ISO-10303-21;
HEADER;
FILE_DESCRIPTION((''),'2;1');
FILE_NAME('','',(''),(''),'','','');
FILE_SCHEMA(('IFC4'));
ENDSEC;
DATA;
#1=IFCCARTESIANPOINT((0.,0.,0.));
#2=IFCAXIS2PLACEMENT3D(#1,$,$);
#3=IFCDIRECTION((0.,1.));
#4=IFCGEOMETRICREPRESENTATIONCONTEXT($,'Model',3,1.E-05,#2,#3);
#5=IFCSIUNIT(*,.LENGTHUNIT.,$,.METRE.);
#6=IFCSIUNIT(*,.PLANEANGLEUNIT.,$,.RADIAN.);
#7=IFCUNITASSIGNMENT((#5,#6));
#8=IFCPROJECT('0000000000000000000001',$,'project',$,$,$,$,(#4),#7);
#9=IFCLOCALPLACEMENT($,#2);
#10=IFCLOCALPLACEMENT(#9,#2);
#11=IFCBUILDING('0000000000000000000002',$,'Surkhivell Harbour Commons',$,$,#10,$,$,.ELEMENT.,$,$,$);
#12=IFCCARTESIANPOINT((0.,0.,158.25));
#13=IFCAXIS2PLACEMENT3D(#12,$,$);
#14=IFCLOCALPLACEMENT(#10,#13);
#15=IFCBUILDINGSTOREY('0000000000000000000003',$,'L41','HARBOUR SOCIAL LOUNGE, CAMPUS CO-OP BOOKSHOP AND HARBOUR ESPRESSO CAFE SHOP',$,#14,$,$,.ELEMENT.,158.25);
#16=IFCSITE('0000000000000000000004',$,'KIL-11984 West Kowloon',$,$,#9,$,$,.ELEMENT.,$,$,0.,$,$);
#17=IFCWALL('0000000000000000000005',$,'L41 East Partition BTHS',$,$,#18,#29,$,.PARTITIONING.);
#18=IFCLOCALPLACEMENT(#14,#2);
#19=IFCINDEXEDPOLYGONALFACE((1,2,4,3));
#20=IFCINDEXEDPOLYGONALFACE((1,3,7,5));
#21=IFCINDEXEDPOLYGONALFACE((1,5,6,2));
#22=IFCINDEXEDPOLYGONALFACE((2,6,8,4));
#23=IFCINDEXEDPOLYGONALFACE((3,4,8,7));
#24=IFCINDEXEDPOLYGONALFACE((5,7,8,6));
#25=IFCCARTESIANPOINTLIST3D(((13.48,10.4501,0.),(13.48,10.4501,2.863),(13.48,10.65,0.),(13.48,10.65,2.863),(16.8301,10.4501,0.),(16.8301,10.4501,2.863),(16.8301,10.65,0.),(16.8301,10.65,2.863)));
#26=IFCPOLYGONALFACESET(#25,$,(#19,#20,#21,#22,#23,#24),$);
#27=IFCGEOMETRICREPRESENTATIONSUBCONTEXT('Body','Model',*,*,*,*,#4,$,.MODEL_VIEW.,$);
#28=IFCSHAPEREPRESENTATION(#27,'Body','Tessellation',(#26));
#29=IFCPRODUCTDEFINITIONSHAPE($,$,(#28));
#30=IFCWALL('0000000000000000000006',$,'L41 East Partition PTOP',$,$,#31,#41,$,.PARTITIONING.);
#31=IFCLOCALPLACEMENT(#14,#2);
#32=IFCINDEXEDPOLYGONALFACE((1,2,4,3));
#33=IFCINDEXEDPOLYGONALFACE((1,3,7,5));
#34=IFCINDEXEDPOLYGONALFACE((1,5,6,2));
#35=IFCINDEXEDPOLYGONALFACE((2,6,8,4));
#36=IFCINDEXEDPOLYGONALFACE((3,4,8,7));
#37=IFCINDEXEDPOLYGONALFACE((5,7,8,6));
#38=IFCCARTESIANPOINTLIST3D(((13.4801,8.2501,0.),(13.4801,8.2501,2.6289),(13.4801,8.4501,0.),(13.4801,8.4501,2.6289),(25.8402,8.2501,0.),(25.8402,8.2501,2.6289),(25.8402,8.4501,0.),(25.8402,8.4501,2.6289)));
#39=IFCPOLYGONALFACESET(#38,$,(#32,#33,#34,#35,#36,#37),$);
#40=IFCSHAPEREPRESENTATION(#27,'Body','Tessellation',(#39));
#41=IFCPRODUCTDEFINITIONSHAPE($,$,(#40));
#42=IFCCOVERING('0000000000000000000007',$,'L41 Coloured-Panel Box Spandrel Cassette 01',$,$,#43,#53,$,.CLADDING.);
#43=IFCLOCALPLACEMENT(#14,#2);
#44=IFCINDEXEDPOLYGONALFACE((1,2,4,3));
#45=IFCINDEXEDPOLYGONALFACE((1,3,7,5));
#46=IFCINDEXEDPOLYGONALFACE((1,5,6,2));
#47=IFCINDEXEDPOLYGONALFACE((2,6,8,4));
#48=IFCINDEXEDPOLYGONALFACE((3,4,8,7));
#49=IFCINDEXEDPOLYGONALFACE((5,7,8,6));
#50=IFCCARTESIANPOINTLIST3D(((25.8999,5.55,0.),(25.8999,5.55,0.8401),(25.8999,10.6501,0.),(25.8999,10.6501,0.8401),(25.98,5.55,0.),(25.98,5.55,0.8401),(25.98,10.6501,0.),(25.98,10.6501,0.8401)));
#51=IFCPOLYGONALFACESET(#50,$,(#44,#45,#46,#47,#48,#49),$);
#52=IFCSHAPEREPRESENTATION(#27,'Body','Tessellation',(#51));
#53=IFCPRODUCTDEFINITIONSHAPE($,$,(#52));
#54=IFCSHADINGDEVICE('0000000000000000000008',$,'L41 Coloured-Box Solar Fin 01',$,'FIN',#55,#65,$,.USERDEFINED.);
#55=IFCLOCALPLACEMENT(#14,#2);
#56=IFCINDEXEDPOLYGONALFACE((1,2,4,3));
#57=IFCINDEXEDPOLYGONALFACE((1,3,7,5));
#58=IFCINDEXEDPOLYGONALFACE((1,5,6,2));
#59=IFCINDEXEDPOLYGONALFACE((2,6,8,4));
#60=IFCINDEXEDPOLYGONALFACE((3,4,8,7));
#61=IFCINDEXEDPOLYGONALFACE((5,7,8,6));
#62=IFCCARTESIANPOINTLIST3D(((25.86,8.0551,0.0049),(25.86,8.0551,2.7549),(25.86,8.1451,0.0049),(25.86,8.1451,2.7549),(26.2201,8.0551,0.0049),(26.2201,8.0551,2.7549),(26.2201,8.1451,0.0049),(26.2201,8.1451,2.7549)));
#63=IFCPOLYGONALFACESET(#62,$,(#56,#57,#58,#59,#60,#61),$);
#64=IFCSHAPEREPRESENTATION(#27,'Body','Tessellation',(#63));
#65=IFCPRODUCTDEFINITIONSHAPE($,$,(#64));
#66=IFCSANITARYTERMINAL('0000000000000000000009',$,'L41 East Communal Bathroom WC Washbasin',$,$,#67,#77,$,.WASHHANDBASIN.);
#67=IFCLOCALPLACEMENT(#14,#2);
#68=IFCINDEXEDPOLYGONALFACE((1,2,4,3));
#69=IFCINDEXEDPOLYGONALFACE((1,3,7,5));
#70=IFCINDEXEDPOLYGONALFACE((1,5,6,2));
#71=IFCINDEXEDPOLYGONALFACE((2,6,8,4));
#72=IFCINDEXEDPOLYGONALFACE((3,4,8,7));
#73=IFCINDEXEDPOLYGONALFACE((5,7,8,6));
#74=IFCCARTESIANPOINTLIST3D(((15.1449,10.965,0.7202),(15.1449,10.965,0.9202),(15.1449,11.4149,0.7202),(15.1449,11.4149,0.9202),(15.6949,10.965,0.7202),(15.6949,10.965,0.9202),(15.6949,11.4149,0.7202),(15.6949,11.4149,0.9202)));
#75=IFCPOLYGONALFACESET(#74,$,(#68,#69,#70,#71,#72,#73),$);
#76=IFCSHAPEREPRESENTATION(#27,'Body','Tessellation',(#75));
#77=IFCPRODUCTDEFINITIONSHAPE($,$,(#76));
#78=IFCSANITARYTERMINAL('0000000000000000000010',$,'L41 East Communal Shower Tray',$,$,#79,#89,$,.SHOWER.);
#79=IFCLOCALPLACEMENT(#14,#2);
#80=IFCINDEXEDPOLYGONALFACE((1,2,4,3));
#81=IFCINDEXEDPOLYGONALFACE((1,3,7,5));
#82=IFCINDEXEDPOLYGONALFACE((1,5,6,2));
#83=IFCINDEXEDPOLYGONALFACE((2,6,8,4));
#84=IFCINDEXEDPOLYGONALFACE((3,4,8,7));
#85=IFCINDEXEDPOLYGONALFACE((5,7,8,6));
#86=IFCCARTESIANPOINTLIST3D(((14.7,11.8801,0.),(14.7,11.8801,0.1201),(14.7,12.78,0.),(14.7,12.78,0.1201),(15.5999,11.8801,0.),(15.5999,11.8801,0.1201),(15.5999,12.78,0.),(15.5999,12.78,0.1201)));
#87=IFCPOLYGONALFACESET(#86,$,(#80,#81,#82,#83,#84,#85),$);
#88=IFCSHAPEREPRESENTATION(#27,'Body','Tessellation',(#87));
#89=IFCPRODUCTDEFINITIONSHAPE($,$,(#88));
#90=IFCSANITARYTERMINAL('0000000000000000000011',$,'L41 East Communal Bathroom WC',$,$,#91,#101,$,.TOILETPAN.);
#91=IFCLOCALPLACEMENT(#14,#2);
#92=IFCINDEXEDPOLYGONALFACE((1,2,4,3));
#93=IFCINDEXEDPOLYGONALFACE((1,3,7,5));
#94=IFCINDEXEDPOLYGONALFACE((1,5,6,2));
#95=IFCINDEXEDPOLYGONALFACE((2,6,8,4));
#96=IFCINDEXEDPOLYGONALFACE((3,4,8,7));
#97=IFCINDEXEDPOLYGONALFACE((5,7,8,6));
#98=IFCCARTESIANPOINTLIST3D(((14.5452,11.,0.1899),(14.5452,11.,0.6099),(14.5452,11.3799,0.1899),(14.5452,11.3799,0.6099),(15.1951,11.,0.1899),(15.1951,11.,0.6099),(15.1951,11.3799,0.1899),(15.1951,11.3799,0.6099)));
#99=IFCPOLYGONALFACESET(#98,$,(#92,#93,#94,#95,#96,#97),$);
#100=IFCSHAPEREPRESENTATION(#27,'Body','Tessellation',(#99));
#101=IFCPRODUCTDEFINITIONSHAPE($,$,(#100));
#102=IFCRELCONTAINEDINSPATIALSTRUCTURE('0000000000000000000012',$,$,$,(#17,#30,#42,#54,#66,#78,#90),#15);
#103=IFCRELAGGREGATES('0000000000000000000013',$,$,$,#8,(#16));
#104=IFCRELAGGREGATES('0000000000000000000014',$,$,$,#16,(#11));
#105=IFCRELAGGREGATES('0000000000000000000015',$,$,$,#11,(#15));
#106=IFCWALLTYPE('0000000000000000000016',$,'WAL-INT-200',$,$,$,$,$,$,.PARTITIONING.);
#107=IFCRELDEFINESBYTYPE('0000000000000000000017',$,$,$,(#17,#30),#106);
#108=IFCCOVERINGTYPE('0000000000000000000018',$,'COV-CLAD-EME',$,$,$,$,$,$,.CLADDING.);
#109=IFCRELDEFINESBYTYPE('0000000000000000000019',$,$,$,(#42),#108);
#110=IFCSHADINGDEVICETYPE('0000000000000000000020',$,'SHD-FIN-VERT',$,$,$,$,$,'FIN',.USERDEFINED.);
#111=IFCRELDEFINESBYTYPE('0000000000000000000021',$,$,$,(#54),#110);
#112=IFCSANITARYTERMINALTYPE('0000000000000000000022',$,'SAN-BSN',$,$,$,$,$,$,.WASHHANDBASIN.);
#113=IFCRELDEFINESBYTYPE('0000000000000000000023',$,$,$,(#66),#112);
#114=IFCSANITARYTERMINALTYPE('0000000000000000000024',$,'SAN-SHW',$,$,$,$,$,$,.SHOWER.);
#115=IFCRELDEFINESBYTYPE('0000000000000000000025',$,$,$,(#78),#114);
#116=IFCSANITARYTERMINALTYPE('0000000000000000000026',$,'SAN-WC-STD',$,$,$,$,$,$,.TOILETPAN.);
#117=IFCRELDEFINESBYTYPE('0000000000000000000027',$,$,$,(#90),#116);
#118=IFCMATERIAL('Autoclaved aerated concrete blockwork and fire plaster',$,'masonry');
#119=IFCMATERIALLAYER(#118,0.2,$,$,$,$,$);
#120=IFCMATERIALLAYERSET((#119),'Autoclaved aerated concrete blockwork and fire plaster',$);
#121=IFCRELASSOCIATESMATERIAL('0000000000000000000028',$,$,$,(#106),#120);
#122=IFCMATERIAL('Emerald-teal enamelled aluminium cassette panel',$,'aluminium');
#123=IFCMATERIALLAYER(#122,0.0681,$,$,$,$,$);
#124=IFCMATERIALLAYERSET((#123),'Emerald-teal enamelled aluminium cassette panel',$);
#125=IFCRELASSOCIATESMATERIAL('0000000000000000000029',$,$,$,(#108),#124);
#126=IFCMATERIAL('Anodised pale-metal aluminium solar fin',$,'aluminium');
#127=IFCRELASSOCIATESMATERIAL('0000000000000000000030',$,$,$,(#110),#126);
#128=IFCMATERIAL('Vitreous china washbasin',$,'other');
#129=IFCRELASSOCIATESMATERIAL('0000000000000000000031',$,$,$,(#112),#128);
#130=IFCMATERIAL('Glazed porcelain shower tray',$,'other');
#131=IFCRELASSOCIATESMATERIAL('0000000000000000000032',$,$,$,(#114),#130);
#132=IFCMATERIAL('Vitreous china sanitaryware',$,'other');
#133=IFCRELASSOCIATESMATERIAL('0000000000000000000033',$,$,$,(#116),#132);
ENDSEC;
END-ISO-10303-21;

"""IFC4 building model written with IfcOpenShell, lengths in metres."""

from ifc_helpers import new_model, si_unit, direction, frame, frame_2d, origin, origin_2d, place, context, subcontext, project, spatial, rectangle, extrude, material, layer, layer_set, type_object, element, save


model = new_model("IFC4")

# Units and contexts
model_context = context("Model", 3, precision=1e-05, world=origin(), true_north=direction((0.0, 1.0)))
body_context = subcontext(model_context, "Body", "Model", "MODEL_VIEW")
ifc_project = project(units=[si_unit("LENGTHUNIT", "METRE"), si_unit("PLANEANGLEUNIT", "RADIAN")], contexts=[model_context])

# Site, building, storey
site_placement = place(None, origin())
site = spatial("IfcSite", under=ifc_project, at=site_placement, Name="KIL-11984 West Kowloon", CompositionType="ELEMENT", RefElevation=0.0)
building_placement = place(site_placement, origin())
building = spatial("IfcBuilding", under=site, at=building_placement, Name="Surkhivell Harbour Commons", CompositionType="ELEMENT")
storey_placement = place(building_placement, frame((0.0, 0.0, 158.25)))
storey = spatial("IfcBuildingStorey", under=building, at=storey_placement, Name="L41", Description="HARBOUR SOCIAL LOUNGE, CAMPUS CO-OP BOOKSHOP AND HARBOUR ESPRESSO CAFE SHOP", CompositionType="ELEMENT", Elevation=158.25)

# Walls
ifc_material_1 = material(Name="Autoclaved aerated concrete blockwork and fire plaster", Category="masonry")
ifc_layer_1 = layer(ifc_material_1, 0.2)
ifc_layer_set_1 = layer_set([ifc_layer_1], Name="Autoclaved aerated concrete blockwork and fire plaster")
wall_type_1 = type_object("IfcWallType", Name="WAL-INT-200", PredefinedType="PARTITIONING", material=ifc_layer_set_1)
wall_1_placement = place(storey_placement, frame((13.48, 10.55, 0.0), z_axis=(0.0, 0.0, 1.0), x_axis=(1.0, 0.0, 0.0)))
element("IfcWall", 1, at=wall_1_placement, inside=storey, type_object=wall_type_1, Name="L41 East Partition BTHS", PredefinedType="PARTITIONING", context=body_context, shape_type="SweptSolid", body=[
    extrude(rectangle(XDim=3.3501, YDim=0.2, at=frame_2d((1.675, 0.0))), origin(), (0.0, 0.0, 1.0), 2.863),
])
wall_2_placement = place(storey_placement, frame((13.48, 8.3501, 0.0), z_axis=(0.0, 0.0, 1.0), x_axis=(1.0, 0.0, 0.0)))
element("IfcWall", 2, at=wall_2_placement, inside=storey, type_object=wall_type_1, Name="L41 East Partition PTOP", PredefinedType="PARTITIONING", context=body_context, shape_type="SweptSolid", body=[
    extrude(rectangle(XDim=12.3601, YDim=0.2, at=frame_2d((6.1802, 0.0))), origin(), (0.0, 0.0, 1.0), 2.6289),
])

# Covering
ifc_material_2 = material(Name="Emerald-teal enamelled aluminium cassette panel", Category="aluminium")
ifc_layer_2 = layer(ifc_material_2, 0.0681)
ifc_layer_set_2 = layer_set([ifc_layer_2], Name="Emerald-teal enamelled aluminium cassette panel")
covering_type = type_object("IfcCoveringType", Name="COV-CLAD-EME", PredefinedType="CLADDING", material=ifc_layer_set_2)
covering_placement = place(storey_placement, frame((25.9399, 8.1001, 0.0), z_axis=(0.0, 0.0, 1.0), x_axis=(1.0, 0.0, 0.0)))
element("IfcCovering", 3, at=covering_placement, inside=storey, type_object=covering_type, Name="L41 Coloured-Panel Box Spandrel Cassette 01", PredefinedType="CLADDING", context=body_context, shape_type="SweptSolid", body=[
    extrude(rectangle(XDim=0.0801, YDim=5.1001, at=origin_2d()), origin(), (0.0, 0.0, 1.0), 0.8401),
])

# Shading device
ifc_material_3 = material(Name="Anodised pale-metal aluminium solar fin", Category="aluminium")
shading_device_type = type_object("IfcShadingDeviceType", Name="SHD-FIN-VERT", ElementType="FIN", PredefinedType="USERDEFINED", material=ifc_material_3)
shading_device_placement = place(storey_placement, frame((26.04, 8.1001, 0.0049), z_axis=(0.0, 0.0, 1.0), x_axis=(1.0, 0.0, 0.0)))
element("IfcShadingDevice", 4, at=shading_device_placement, inside=storey, type_object=shading_device_type, Name="L41 Coloured-Box Solar Fin 01", ObjectType="FIN", PredefinedType="USERDEFINED", context=body_context, shape_type="SweptSolid", body=[
    extrude(rectangle(XDim=0.3601, YDim=0.0901, at=origin_2d()), origin(), (0.0, 0.0, 1.0), 2.75),
])

# Sanitary terminals
ifc_material_4 = material(Name="Vitreous china washbasin", Category="other")
sanitary_terminal_type_1 = type_object("IfcSanitaryTerminalType", Name="SAN-BSN", PredefinedType="WASHHANDBASIN", material=ifc_material_4)
sanitary_terminal_1_placement = place(storey_placement, frame((15.4199, 11.1899, 0.7202), z_axis=(0.0, 0.0, 1.0), x_axis=(1.0, 0.0, 0.0)))
element("IfcSanitaryTerminal", 5, at=sanitary_terminal_1_placement, inside=storey, type_object=sanitary_terminal_type_1, Name="L41 East Communal Bathroom WC Washbasin", PredefinedType="WASHHANDBASIN", context=body_context, shape_type="SweptSolid", body=[
    extrude(rectangle(XDim=0.55, YDim=0.45, at=origin_2d()), origin(), (0.0, 0.0, 1.0), 0.2),
])
ifc_material_5 = material(Name="Glazed porcelain shower tray", Category="other")
sanitary_terminal_type_2 = type_object("IfcSanitaryTerminalType", Name="SAN-SHW", PredefinedType="SHOWER", material=ifc_material_5)
sanitary_terminal_2_placement = place(storey_placement, frame((15.1499, 12.3301, 0.0), z_axis=(0.0, 0.0, 1.0), x_axis=(1.0, 0.0, 0.0)))
element("IfcSanitaryTerminal", 6, at=sanitary_terminal_2_placement, inside=storey, type_object=sanitary_terminal_type_2, Name="L41 East Communal Shower Tray", PredefinedType="SHOWER", context=body_context, shape_type="SweptSolid", body=[
    extrude(rectangle(XDim=0.8999, YDim=0.8999, at=origin_2d()), origin(), (0.0, 0.0, 1.0), 0.1201),
])
ifc_material_6 = material(Name="Vitreous china sanitaryware", Category="other")
sanitary_terminal_type_3 = type_object("IfcSanitaryTerminalType", Name="SAN-WC-STD", PredefinedType="TOILETPAN", material=ifc_material_6)
sanitary_terminal_3_placement = place(storey_placement, frame((14.8701, 11.1899, 0.1899), z_axis=(0.0, 0.0, 1.0), x_axis=(1.0, 0.0, 0.0)))
element("IfcSanitaryTerminal", 7, at=sanitary_terminal_3_placement, inside=storey, type_object=sanitary_terminal_type_3, Name="L41 East Communal Bathroom WC", PredefinedType="TOILETPAN", context=body_context, shape_type="SweptSolid", body=[
    extrude(rectangle(XDim=0.6499, YDim=0.3799, at=origin_2d()), origin(), (0.0, 0.0, 1.0), 0.4199),
])

save(model, "model.ifc")
